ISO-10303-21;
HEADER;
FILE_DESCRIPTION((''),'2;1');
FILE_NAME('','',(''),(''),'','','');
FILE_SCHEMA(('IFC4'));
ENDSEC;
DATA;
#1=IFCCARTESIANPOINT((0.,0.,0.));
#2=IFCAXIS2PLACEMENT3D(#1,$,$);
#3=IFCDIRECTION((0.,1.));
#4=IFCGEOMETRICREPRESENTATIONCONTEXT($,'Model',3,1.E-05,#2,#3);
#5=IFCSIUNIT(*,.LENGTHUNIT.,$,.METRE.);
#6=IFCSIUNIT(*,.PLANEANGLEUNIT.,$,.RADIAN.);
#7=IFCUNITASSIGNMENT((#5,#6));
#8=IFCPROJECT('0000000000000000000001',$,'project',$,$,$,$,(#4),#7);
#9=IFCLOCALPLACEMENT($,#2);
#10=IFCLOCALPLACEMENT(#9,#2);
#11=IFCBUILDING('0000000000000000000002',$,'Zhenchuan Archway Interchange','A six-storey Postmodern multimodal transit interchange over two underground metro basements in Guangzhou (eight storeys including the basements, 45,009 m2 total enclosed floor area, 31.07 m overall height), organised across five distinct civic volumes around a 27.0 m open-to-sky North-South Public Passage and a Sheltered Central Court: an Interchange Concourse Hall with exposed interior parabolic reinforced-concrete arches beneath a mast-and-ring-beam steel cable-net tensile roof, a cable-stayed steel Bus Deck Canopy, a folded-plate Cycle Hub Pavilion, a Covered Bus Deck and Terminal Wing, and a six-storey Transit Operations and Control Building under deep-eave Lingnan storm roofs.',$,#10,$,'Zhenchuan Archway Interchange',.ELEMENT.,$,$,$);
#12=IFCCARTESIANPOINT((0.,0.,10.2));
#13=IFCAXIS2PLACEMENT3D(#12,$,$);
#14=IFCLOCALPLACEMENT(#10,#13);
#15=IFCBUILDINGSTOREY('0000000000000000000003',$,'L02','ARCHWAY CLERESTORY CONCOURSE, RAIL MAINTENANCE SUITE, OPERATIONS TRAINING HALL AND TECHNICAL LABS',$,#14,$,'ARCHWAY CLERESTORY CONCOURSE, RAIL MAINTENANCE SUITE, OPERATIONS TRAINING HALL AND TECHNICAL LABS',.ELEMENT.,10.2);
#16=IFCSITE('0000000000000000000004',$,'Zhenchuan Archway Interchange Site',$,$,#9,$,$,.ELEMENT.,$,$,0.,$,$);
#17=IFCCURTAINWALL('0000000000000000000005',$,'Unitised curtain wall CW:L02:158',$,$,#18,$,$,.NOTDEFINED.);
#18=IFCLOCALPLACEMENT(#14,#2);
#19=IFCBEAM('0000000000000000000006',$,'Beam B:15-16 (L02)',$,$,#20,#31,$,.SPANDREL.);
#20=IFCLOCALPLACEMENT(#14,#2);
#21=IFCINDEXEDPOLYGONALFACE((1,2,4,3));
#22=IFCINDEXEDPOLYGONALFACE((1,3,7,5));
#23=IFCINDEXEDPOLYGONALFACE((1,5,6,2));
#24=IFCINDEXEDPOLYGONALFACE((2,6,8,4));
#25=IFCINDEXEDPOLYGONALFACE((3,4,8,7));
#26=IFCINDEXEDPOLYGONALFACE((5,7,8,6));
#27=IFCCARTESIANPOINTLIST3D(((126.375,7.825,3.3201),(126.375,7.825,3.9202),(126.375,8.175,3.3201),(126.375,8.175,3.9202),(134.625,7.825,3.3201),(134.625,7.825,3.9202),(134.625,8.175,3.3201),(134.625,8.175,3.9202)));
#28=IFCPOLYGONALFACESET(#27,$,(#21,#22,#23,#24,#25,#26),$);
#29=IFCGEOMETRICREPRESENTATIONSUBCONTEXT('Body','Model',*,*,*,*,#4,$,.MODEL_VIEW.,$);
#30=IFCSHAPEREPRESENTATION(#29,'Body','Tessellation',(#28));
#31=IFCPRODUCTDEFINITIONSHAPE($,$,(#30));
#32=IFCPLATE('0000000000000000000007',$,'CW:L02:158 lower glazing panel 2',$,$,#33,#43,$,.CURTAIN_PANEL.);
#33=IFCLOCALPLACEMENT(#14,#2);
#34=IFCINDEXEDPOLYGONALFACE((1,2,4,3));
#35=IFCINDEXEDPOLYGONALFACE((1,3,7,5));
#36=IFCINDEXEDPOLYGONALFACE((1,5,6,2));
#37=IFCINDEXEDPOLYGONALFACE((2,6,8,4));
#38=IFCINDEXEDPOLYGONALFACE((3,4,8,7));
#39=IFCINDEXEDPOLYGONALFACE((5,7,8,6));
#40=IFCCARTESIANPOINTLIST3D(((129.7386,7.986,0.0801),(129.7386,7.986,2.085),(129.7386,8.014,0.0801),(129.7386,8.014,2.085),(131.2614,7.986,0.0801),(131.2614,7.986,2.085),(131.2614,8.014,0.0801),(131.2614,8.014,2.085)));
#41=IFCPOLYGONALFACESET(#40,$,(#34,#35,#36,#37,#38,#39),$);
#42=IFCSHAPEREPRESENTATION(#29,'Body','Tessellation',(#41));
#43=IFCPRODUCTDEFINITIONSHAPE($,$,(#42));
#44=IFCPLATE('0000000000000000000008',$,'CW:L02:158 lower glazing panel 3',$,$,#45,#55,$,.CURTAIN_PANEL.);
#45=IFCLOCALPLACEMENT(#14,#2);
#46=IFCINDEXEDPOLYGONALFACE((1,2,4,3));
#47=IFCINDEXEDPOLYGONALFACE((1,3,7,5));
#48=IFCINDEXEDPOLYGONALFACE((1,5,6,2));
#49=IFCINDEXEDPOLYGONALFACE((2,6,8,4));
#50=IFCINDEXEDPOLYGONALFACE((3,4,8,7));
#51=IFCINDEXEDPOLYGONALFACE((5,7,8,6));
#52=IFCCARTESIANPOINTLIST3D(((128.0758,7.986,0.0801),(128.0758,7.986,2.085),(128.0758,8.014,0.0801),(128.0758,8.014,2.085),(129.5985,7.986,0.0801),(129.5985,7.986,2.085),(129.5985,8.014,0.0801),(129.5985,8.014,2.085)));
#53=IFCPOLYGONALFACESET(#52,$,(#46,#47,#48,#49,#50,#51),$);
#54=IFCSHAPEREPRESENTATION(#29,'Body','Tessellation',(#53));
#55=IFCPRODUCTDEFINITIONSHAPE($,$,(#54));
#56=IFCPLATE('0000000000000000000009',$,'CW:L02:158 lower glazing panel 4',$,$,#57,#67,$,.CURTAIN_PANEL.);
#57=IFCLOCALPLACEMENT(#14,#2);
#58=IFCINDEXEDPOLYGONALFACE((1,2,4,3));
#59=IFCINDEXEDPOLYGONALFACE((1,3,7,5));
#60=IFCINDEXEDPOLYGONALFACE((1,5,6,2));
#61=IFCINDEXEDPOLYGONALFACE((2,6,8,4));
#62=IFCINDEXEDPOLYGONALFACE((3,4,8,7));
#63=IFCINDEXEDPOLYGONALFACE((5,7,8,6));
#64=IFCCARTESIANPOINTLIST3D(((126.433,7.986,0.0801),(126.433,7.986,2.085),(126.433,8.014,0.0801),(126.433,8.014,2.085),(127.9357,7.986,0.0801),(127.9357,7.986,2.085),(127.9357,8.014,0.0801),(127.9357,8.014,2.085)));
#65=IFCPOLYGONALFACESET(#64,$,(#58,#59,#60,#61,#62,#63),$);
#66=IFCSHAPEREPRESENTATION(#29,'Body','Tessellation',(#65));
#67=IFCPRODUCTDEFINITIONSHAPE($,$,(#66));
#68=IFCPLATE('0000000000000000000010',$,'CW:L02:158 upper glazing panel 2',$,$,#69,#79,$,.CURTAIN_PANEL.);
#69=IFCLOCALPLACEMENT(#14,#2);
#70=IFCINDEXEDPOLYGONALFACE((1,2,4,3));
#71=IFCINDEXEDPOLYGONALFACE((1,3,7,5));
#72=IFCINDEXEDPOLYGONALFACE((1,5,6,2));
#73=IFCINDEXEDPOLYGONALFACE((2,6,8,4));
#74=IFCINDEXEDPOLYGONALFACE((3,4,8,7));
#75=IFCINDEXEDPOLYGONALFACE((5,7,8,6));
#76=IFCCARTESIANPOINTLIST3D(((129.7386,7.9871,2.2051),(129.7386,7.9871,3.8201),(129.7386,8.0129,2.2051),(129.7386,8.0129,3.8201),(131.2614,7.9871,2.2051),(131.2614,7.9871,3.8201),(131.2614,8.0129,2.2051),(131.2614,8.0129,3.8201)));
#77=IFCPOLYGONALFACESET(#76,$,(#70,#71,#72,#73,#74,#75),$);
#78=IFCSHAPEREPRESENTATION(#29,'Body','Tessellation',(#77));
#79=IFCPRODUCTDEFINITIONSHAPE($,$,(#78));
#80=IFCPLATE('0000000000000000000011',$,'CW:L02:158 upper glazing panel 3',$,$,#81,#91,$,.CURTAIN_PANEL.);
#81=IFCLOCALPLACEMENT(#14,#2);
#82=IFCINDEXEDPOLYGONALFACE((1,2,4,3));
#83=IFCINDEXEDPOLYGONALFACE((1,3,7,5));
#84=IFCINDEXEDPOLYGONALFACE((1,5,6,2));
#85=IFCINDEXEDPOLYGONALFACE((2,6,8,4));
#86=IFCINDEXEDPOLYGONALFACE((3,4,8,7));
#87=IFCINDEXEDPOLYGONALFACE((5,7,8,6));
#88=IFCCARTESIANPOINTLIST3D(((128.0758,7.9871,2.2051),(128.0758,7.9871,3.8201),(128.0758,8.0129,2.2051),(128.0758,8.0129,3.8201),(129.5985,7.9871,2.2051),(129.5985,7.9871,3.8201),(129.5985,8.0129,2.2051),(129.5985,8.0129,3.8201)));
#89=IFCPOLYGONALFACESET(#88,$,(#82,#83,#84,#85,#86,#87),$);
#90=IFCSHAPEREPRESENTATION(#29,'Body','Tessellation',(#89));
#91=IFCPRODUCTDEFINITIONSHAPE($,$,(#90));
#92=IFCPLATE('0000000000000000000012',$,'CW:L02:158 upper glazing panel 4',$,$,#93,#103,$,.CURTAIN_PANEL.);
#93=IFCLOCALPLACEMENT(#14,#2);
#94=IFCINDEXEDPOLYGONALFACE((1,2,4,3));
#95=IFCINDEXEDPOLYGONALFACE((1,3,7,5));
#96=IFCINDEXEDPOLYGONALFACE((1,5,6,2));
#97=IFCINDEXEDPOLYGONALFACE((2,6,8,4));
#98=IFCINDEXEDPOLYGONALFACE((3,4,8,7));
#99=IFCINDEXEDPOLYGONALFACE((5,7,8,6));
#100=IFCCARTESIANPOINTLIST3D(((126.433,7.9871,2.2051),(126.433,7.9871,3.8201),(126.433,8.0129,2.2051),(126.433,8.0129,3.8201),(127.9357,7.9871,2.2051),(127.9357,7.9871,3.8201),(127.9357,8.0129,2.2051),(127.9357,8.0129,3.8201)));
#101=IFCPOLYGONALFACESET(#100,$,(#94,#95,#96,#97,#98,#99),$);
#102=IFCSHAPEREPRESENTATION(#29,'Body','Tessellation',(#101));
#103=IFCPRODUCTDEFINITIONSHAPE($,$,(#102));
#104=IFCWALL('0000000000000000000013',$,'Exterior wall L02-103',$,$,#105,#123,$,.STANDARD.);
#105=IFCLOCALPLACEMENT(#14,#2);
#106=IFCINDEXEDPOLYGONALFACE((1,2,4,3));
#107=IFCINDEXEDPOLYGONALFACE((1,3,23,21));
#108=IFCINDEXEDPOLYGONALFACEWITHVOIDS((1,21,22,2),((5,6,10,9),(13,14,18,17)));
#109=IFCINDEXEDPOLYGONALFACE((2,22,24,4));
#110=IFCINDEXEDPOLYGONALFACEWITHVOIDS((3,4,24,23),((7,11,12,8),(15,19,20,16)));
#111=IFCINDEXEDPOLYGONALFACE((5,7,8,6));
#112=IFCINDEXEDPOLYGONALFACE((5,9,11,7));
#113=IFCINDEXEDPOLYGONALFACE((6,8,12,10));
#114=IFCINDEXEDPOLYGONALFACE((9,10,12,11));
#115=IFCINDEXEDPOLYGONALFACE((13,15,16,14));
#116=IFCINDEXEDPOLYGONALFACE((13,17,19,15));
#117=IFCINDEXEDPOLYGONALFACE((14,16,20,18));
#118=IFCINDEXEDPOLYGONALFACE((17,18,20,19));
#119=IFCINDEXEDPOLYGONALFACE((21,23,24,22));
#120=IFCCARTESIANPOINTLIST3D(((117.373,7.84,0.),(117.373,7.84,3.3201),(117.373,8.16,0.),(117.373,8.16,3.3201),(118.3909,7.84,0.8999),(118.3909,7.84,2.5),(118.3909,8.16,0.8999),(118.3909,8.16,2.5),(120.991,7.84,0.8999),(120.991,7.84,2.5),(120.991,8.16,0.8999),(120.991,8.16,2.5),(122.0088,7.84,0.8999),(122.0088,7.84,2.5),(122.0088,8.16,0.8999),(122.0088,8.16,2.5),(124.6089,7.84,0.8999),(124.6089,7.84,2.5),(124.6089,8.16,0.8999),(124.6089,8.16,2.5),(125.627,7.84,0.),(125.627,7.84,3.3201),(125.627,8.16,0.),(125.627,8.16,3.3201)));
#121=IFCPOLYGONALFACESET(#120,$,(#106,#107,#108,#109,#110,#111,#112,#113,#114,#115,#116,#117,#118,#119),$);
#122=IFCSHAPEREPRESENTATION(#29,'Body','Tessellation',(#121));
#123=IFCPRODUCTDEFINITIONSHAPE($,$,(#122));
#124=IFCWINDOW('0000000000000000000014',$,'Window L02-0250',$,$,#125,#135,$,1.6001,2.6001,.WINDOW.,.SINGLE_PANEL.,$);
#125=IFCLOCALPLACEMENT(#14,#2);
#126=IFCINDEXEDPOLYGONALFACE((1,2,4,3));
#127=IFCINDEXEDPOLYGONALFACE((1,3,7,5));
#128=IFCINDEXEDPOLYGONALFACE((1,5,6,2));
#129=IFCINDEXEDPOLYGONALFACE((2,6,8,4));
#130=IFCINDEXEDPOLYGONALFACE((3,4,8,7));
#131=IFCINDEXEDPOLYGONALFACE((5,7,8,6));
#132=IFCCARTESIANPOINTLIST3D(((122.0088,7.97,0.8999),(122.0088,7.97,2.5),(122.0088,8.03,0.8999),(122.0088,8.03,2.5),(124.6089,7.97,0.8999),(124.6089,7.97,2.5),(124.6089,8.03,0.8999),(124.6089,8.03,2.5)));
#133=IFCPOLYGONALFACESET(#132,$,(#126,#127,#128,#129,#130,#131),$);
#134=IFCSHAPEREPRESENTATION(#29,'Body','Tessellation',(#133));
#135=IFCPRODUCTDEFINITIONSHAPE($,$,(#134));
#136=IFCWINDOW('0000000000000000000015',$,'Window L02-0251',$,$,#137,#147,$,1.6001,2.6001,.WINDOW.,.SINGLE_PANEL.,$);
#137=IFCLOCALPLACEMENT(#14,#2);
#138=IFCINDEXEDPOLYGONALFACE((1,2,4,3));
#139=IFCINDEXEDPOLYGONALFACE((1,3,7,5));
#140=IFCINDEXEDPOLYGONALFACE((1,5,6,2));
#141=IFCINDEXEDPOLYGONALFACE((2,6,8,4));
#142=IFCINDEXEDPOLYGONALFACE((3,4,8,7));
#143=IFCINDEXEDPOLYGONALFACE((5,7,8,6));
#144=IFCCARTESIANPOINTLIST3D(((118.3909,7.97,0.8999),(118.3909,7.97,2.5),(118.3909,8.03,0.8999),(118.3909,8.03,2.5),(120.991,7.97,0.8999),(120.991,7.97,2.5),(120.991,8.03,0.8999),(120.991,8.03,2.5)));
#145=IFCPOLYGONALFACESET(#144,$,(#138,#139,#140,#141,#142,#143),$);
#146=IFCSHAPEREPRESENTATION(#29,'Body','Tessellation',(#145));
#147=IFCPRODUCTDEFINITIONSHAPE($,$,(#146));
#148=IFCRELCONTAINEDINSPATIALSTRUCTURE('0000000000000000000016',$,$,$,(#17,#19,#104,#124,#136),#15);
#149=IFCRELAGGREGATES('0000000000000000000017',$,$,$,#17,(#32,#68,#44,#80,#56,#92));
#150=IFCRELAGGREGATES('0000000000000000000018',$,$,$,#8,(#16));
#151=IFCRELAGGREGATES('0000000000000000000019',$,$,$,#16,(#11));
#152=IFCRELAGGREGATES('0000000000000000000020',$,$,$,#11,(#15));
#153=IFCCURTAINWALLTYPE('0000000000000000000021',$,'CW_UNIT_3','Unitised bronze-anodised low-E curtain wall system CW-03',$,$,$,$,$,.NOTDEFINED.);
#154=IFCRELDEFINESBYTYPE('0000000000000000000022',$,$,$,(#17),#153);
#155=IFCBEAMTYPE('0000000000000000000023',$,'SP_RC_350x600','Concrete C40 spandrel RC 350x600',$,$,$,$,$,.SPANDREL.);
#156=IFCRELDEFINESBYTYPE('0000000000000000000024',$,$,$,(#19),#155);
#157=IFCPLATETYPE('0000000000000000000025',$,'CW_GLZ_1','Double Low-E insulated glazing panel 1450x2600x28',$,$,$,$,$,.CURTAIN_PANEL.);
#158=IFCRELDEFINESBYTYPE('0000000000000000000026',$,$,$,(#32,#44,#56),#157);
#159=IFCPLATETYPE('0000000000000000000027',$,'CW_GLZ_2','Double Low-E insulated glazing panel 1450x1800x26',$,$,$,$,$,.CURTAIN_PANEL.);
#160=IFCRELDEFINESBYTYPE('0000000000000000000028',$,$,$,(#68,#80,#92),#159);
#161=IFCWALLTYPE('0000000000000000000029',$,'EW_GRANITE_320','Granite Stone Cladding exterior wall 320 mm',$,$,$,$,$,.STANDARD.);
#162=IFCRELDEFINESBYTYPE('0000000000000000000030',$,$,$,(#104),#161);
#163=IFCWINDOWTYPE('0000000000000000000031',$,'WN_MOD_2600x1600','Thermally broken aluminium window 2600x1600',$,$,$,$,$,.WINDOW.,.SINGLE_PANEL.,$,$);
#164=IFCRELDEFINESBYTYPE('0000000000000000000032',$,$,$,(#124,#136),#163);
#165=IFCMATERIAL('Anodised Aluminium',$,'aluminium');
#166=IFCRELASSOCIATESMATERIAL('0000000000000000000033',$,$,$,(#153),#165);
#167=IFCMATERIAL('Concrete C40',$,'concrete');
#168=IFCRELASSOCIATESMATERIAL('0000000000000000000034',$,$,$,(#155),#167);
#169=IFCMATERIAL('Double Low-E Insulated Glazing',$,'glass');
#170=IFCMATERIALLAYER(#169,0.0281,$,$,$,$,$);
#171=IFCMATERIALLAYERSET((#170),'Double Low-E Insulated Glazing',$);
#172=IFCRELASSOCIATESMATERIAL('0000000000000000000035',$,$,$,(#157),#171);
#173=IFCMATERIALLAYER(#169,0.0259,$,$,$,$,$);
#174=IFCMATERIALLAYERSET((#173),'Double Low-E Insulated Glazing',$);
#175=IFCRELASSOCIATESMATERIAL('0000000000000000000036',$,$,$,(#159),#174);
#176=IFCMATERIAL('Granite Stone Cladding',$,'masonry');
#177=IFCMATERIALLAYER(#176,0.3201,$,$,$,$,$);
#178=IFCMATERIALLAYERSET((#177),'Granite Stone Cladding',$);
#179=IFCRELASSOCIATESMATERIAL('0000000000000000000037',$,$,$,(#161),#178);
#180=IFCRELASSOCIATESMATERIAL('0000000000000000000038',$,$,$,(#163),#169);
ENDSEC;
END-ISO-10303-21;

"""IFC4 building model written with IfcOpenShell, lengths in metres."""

from ifc_helpers import new_model, si_unit, direction, frame, frame_2d, origin, origin_2d, place, context, subcontext, project, spatial, rectangle, extrude, material, layer, layer_set, material_profile, profile_set, type_object, element, fill, aggregate, save


model = new_model("IFC4")

# Units and contexts
model_context = context("Model", 3, precision=1e-05, world=origin(), true_north=direction((0.0, 1.0)))
body_context = subcontext(model_context, "Body", "Model", "MODEL_VIEW")
ifc_project = project(units=[si_unit("LENGTHUNIT", "METRE"), si_unit("PLANEANGLEUNIT", "RADIAN")], contexts=[model_context])

# Site, building, storey
site_placement = place(None, origin())
site = spatial("IfcSite", under=ifc_project, at=site_placement, Name="Zhenchuan Archway Interchange Site", CompositionType="ELEMENT", RefElevation=0.0)
building_placement = place(site_placement, origin())
building = spatial("IfcBuilding", under=site, at=building_placement, Name="Zhenchuan Archway Interchange", Description="A six-storey Postmodern multimodal transit interchange over two underground metro basements in Guangzhou (eight storeys including the basements, 45,009 m2 total enclosed floor area, 31.07 m overall height), organised across five distinct civic volumes around a 27.0 m open-to-sky North-South Public Passage and a Sheltered Central Court: an Interchange Concourse Hall with exposed interior parabolic reinforced-concrete arches beneath a mast-and-ring-beam steel cable-net tensile roof, a cable-stayed steel Bus Deck Canopy, a folded-plate Cycle Hub Pavilion, a Covered Bus Deck and Terminal Wing, and a six-storey Transit Operations and Control Building under deep-eave Lingnan storm roofs.", LongName="Zhenchuan Archway Interchange", CompositionType="ELEMENT")
storey_placement = place(building_placement, frame((0.0, 0.0, 10.2)))
storey = spatial("IfcBuildingStorey", under=building, at=storey_placement, Name="L02", Description="ARCHWAY CLERESTORY CONCOURSE, RAIL MAINTENANCE SUITE, OPERATIONS TRAINING HALL AND TECHNICAL LABS", LongName="ARCHWAY CLERESTORY CONCOURSE, RAIL MAINTENANCE SUITE, OPERATIONS TRAINING HALL AND TECHNICAL LABS", CompositionType="ELEMENT", Elevation=10.2)

# Shared definitions
ifc_material_1 = material(Name="Concrete C40", Category="concrete")

# Curtain wall
ifc_material_2 = material(Name="Anodised Aluminium", Category="aluminium")
curtain_wall_type = type_object("IfcCurtainWallType", Name="CW_UNIT_3", Description="Unitised bronze-anodised low-E curtain wall system CW-03", PredefinedType="NOTDEFINED", material=ifc_material_2)
curtain_wall_placement = place(storey_placement, origin())
curtain_wall = element("IfcCurtainWall", 1, at=curtain_wall_placement, inside=storey, type_object=curtain_wall_type, Name="Unitised curtain wall CW:L02:158", PredefinedType="NOTDEFINED")

# Beam
ifc_material_profile_1 = material_profile(ifc_material_1, rectangle(XDim=0.3501, YDim=0.6001, at=origin_2d()), Name="RC 350x600")
ifc_profile_set_1 = profile_set([ifc_material_profile_1], Name="Concrete C40")
beam_type_1 = type_object("IfcBeamType", Name="SP_RC_350x600", Description="Concrete C40 spandrel RC 350x600", PredefinedType="SPANDREL", material=ifc_profile_set_1)
beam_1_placement = place(storey_placement, frame((126.375, 8.0, 3.6201), z_axis=(1.0, 0.0, 0.0), x_axis=(0.0, 1.0, 0.0)))
element("IfcBeam", 2, at=beam_1_placement, inside=storey, type_object=beam_type_1, Name="Beam B:15-16 (L02)", PredefinedType="SPANDREL", context=body_context, shape_type="SweptSolid", body=[
    extrude(rectangle(XDim=0.3501, YDim=0.6001, at=origin_2d()), origin(), (0.0, 0.0, 1.0), 8.25),
])

# Plates
ifc_material_3 = material(Name="Double Low-E Insulated Glazing", Category="glass")
ifc_layer_1 = layer(ifc_material_3, 0.0281)
ifc_layer_set_1 = layer_set([ifc_layer_1], Name="Double Low-E Insulated Glazing")
plate_type_1 = type_object("IfcPlateType", Name="CW_GLZ_1", Description="Double Low-E insulated glazing panel 1450x2600x28", PredefinedType="CURTAIN_PANEL", material=ifc_layer_set_1)
plate_1_placement = place(storey_placement, frame((130.5, 8.0, 0.0801), z_axis=(0.0, 0.0, 1.0), x_axis=(-1.0, 0.0, 0.0)))
plate_1 = element("IfcPlate", 3, at=plate_1_placement, type_object=plate_type_1, Name="CW:L02:158 lower glazing panel 2", PredefinedType="CURTAIN_PANEL", context=body_context, shape_type="SweptSolid", body=[
    extrude(rectangle(XDim=1.5227, YDim=0.0281, at=origin_2d()), origin(), (0.0, 0.0, 1.0), 2.0049),
])
plate_2_placement = place(storey_placement, frame((128.8372, 8.0, 0.0801), z_axis=(0.0, 0.0, 1.0), x_axis=(-1.0, 0.0, 0.0)))
plate_2 = element("IfcPlate", 4, at=plate_2_placement, type_object=plate_type_1, Name="CW:L02:158 lower glazing panel 3", PredefinedType="CURTAIN_PANEL", context=body_context, shape_type="SweptSolid", body=[
    extrude(rectangle(XDim=1.5227, YDim=0.0281, at=origin_2d()), origin(), (0.0, 0.0, 1.0), 2.0049),
])
plate_3_placement = place(storey_placement, frame((127.1843, 8.0, 0.0801), z_axis=(0.0, 0.0, 1.0), x_axis=(-1.0, 0.0, 0.0)))
plate_3 = element("IfcPlate", 5, at=plate_3_placement, type_object=plate_type_1, Name="CW:L02:158 lower glazing panel 4", PredefinedType="CURTAIN_PANEL", context=body_context, shape_type="SweptSolid", body=[
    extrude(rectangle(XDim=1.5027, YDim=0.0281, at=origin_2d()), origin(), (0.0, 0.0, 1.0), 2.0049),
])
ifc_layer_2 = layer(ifc_material_3, 0.0259)
ifc_layer_set_2 = layer_set([ifc_layer_2], Name="Double Low-E Insulated Glazing")
plate_type_2 = type_object("IfcPlateType", Name="CW_GLZ_2", Description="Double Low-E insulated glazing panel 1450x1800x26", PredefinedType="CURTAIN_PANEL", material=ifc_layer_set_2)
plate_4_placement = place(storey_placement, frame((130.5, 8.0, 2.2051), z_axis=(0.0, 0.0, 1.0), x_axis=(-1.0, 0.0, 0.0)))
plate_4 = element("IfcPlate", 6, at=plate_4_placement, type_object=plate_type_2, Name="CW:L02:158 upper glazing panel 2", PredefinedType="CURTAIN_PANEL", context=body_context, shape_type="SweptSolid", body=[
    extrude(rectangle(XDim=1.5227, YDim=0.0259, at=origin_2d()), origin(), (0.0, 0.0, 1.0), 1.615),
])
plate_5_placement = place(storey_placement, frame((128.8372, 8.0, 2.2051), z_axis=(0.0, 0.0, 1.0), x_axis=(-1.0, 0.0, 0.0)))
plate_5 = element("IfcPlate", 7, at=plate_5_placement, type_object=plate_type_2, Name="CW:L02:158 upper glazing panel 3", PredefinedType="CURTAIN_PANEL", context=body_context, shape_type="SweptSolid", body=[
    extrude(rectangle(XDim=1.5227, YDim=0.0259, at=origin_2d()), origin(), (0.0, 0.0, 1.0), 1.615),
])
plate_6_placement = place(storey_placement, frame((127.1843, 8.0, 2.2051), z_axis=(0.0, 0.0, 1.0), x_axis=(-1.0, 0.0, 0.0)))
plate_6 = element("IfcPlate", 8, at=plate_6_placement, type_object=plate_type_2, Name="CW:L02:158 upper glazing panel 4", PredefinedType="CURTAIN_PANEL", context=body_context, shape_type="SweptSolid", body=[
    extrude(rectangle(XDim=1.5027, YDim=0.0259, at=origin_2d()), origin(), (0.0, 0.0, 1.0), 1.615),
])
aggregate(curtain_wall, [plate_1, plate_4, plate_2, plate_5, plate_3, plate_6])

# Wall, openings, windows
ifc_material_4 = material(Name="Granite Stone Cladding", Category="masonry")
ifc_layer_3 = layer(ifc_material_4, 0.3201)
ifc_layer_set_3 = layer_set([ifc_layer_3], Name="Granite Stone Cladding")
wall_type = type_object("IfcWallType", Name="EW_GRANITE_320", Description="Granite Stone Cladding exterior wall 320 mm", PredefinedType="STANDARD", material=ifc_layer_set_3)
wall_placement = place(storey_placement, frame((125.627, 8.0, 0.0), z_axis=(0.0, 0.0, 1.0), x_axis=(-1.0, 0.0, 0.0)))
wall = element("IfcWall", 9, at=wall_placement, inside=storey, type_object=wall_type, Name="Exterior wall L02-103", PredefinedType="STANDARD", context=body_context, shape_type="SweptSolid", body=[
    extrude(rectangle(XDim=8.2539, YDim=0.3201, at=frame_2d((4.127, 0.0))), origin(), (0.0, 0.0, 1.0), 3.3201),
])
opening_1_placement = place(wall_placement, frame((1.0181, 0.0, 0.8999)))
opening_1 = element("IfcOpeningElement", 10, at=opening_1_placement, cuts=wall, PredefinedType="OPENING", context=body_context, shape_type="SweptSolid", body=[
    extrude(rectangle(XDim=2.6001, YDim=1.6001, at=frame_2d((1.3, 0.8))), frame((0.0, 0.1719, 0.0), z_axis=(0.0, -1.0, 0.0), x_axis=(1.0, 0.0, 0.0)), (0.0, 0.0, 1.0), 0.344),
])
opening_2_placement = place(wall_placement, frame((4.636, 0.0, 0.8999)))
opening_2 = element("IfcOpeningElement", 11, at=opening_2_placement, cuts=wall, PredefinedType="OPENING", context=body_context, shape_type="SweptSolid", body=[
    extrude(rectangle(XDim=2.6001, YDim=1.6001, at=frame_2d((1.3, 0.8))), frame((0.0, 0.1719, 0.0), z_axis=(0.0, -1.0, 0.0), x_axis=(1.0, 0.0, 0.0)), (0.0, 0.0, 1.0), 0.344),
])
window_type = type_object("IfcWindowType", Name="WN_MOD_2600x1600", Description="Thermally broken aluminium window 2600x1600", PartitioningType="SINGLE_PANEL", PredefinedType="WINDOW", material=ifc_material_3)
window_1_placement = place(opening_1_placement, origin())
window_1 = element("IfcWindow", 12, at=window_1_placement, inside=storey, type_object=window_type, Name="Window L02-0250", OverallHeight=1.6001, OverallWidth=2.6001, PartitioningType="SINGLE_PANEL", PredefinedType="WINDOW", context=body_context, shape_type="SweptSolid", body=[
    extrude(rectangle(XDim=2.6001, YDim=1.6001, at=frame_2d((1.3, 0.8))), frame((0.0, 0.03, 0.0), z_axis=(0.0, -1.0, 0.0), x_axis=(1.0, 0.0, 0.0)), (0.0, 0.0, 1.0), 0.0601),
])
fill(opening_1, window_1)
window_2_placement = place(opening_2_placement, origin())
window_2 = element("IfcWindow", 13, at=window_2_placement, inside=storey, type_object=window_type, Name="Window L02-0251", OverallHeight=1.6001, OverallWidth=2.6001, PartitioningType="SINGLE_PANEL", PredefinedType="WINDOW", context=body_context, shape_type="SweptSolid", body=[
    extrude(rectangle(XDim=2.6001, YDim=1.6001, at=frame_2d((1.3, 0.8))), frame((0.0, 0.03, 0.0), z_axis=(0.0, -1.0, 0.0), x_axis=(1.0, 0.0, 0.0)), (0.0, 0.0, 1.0), 0.0601),
])
fill(opening_2, window_2)

save(model, "model.ifc")
